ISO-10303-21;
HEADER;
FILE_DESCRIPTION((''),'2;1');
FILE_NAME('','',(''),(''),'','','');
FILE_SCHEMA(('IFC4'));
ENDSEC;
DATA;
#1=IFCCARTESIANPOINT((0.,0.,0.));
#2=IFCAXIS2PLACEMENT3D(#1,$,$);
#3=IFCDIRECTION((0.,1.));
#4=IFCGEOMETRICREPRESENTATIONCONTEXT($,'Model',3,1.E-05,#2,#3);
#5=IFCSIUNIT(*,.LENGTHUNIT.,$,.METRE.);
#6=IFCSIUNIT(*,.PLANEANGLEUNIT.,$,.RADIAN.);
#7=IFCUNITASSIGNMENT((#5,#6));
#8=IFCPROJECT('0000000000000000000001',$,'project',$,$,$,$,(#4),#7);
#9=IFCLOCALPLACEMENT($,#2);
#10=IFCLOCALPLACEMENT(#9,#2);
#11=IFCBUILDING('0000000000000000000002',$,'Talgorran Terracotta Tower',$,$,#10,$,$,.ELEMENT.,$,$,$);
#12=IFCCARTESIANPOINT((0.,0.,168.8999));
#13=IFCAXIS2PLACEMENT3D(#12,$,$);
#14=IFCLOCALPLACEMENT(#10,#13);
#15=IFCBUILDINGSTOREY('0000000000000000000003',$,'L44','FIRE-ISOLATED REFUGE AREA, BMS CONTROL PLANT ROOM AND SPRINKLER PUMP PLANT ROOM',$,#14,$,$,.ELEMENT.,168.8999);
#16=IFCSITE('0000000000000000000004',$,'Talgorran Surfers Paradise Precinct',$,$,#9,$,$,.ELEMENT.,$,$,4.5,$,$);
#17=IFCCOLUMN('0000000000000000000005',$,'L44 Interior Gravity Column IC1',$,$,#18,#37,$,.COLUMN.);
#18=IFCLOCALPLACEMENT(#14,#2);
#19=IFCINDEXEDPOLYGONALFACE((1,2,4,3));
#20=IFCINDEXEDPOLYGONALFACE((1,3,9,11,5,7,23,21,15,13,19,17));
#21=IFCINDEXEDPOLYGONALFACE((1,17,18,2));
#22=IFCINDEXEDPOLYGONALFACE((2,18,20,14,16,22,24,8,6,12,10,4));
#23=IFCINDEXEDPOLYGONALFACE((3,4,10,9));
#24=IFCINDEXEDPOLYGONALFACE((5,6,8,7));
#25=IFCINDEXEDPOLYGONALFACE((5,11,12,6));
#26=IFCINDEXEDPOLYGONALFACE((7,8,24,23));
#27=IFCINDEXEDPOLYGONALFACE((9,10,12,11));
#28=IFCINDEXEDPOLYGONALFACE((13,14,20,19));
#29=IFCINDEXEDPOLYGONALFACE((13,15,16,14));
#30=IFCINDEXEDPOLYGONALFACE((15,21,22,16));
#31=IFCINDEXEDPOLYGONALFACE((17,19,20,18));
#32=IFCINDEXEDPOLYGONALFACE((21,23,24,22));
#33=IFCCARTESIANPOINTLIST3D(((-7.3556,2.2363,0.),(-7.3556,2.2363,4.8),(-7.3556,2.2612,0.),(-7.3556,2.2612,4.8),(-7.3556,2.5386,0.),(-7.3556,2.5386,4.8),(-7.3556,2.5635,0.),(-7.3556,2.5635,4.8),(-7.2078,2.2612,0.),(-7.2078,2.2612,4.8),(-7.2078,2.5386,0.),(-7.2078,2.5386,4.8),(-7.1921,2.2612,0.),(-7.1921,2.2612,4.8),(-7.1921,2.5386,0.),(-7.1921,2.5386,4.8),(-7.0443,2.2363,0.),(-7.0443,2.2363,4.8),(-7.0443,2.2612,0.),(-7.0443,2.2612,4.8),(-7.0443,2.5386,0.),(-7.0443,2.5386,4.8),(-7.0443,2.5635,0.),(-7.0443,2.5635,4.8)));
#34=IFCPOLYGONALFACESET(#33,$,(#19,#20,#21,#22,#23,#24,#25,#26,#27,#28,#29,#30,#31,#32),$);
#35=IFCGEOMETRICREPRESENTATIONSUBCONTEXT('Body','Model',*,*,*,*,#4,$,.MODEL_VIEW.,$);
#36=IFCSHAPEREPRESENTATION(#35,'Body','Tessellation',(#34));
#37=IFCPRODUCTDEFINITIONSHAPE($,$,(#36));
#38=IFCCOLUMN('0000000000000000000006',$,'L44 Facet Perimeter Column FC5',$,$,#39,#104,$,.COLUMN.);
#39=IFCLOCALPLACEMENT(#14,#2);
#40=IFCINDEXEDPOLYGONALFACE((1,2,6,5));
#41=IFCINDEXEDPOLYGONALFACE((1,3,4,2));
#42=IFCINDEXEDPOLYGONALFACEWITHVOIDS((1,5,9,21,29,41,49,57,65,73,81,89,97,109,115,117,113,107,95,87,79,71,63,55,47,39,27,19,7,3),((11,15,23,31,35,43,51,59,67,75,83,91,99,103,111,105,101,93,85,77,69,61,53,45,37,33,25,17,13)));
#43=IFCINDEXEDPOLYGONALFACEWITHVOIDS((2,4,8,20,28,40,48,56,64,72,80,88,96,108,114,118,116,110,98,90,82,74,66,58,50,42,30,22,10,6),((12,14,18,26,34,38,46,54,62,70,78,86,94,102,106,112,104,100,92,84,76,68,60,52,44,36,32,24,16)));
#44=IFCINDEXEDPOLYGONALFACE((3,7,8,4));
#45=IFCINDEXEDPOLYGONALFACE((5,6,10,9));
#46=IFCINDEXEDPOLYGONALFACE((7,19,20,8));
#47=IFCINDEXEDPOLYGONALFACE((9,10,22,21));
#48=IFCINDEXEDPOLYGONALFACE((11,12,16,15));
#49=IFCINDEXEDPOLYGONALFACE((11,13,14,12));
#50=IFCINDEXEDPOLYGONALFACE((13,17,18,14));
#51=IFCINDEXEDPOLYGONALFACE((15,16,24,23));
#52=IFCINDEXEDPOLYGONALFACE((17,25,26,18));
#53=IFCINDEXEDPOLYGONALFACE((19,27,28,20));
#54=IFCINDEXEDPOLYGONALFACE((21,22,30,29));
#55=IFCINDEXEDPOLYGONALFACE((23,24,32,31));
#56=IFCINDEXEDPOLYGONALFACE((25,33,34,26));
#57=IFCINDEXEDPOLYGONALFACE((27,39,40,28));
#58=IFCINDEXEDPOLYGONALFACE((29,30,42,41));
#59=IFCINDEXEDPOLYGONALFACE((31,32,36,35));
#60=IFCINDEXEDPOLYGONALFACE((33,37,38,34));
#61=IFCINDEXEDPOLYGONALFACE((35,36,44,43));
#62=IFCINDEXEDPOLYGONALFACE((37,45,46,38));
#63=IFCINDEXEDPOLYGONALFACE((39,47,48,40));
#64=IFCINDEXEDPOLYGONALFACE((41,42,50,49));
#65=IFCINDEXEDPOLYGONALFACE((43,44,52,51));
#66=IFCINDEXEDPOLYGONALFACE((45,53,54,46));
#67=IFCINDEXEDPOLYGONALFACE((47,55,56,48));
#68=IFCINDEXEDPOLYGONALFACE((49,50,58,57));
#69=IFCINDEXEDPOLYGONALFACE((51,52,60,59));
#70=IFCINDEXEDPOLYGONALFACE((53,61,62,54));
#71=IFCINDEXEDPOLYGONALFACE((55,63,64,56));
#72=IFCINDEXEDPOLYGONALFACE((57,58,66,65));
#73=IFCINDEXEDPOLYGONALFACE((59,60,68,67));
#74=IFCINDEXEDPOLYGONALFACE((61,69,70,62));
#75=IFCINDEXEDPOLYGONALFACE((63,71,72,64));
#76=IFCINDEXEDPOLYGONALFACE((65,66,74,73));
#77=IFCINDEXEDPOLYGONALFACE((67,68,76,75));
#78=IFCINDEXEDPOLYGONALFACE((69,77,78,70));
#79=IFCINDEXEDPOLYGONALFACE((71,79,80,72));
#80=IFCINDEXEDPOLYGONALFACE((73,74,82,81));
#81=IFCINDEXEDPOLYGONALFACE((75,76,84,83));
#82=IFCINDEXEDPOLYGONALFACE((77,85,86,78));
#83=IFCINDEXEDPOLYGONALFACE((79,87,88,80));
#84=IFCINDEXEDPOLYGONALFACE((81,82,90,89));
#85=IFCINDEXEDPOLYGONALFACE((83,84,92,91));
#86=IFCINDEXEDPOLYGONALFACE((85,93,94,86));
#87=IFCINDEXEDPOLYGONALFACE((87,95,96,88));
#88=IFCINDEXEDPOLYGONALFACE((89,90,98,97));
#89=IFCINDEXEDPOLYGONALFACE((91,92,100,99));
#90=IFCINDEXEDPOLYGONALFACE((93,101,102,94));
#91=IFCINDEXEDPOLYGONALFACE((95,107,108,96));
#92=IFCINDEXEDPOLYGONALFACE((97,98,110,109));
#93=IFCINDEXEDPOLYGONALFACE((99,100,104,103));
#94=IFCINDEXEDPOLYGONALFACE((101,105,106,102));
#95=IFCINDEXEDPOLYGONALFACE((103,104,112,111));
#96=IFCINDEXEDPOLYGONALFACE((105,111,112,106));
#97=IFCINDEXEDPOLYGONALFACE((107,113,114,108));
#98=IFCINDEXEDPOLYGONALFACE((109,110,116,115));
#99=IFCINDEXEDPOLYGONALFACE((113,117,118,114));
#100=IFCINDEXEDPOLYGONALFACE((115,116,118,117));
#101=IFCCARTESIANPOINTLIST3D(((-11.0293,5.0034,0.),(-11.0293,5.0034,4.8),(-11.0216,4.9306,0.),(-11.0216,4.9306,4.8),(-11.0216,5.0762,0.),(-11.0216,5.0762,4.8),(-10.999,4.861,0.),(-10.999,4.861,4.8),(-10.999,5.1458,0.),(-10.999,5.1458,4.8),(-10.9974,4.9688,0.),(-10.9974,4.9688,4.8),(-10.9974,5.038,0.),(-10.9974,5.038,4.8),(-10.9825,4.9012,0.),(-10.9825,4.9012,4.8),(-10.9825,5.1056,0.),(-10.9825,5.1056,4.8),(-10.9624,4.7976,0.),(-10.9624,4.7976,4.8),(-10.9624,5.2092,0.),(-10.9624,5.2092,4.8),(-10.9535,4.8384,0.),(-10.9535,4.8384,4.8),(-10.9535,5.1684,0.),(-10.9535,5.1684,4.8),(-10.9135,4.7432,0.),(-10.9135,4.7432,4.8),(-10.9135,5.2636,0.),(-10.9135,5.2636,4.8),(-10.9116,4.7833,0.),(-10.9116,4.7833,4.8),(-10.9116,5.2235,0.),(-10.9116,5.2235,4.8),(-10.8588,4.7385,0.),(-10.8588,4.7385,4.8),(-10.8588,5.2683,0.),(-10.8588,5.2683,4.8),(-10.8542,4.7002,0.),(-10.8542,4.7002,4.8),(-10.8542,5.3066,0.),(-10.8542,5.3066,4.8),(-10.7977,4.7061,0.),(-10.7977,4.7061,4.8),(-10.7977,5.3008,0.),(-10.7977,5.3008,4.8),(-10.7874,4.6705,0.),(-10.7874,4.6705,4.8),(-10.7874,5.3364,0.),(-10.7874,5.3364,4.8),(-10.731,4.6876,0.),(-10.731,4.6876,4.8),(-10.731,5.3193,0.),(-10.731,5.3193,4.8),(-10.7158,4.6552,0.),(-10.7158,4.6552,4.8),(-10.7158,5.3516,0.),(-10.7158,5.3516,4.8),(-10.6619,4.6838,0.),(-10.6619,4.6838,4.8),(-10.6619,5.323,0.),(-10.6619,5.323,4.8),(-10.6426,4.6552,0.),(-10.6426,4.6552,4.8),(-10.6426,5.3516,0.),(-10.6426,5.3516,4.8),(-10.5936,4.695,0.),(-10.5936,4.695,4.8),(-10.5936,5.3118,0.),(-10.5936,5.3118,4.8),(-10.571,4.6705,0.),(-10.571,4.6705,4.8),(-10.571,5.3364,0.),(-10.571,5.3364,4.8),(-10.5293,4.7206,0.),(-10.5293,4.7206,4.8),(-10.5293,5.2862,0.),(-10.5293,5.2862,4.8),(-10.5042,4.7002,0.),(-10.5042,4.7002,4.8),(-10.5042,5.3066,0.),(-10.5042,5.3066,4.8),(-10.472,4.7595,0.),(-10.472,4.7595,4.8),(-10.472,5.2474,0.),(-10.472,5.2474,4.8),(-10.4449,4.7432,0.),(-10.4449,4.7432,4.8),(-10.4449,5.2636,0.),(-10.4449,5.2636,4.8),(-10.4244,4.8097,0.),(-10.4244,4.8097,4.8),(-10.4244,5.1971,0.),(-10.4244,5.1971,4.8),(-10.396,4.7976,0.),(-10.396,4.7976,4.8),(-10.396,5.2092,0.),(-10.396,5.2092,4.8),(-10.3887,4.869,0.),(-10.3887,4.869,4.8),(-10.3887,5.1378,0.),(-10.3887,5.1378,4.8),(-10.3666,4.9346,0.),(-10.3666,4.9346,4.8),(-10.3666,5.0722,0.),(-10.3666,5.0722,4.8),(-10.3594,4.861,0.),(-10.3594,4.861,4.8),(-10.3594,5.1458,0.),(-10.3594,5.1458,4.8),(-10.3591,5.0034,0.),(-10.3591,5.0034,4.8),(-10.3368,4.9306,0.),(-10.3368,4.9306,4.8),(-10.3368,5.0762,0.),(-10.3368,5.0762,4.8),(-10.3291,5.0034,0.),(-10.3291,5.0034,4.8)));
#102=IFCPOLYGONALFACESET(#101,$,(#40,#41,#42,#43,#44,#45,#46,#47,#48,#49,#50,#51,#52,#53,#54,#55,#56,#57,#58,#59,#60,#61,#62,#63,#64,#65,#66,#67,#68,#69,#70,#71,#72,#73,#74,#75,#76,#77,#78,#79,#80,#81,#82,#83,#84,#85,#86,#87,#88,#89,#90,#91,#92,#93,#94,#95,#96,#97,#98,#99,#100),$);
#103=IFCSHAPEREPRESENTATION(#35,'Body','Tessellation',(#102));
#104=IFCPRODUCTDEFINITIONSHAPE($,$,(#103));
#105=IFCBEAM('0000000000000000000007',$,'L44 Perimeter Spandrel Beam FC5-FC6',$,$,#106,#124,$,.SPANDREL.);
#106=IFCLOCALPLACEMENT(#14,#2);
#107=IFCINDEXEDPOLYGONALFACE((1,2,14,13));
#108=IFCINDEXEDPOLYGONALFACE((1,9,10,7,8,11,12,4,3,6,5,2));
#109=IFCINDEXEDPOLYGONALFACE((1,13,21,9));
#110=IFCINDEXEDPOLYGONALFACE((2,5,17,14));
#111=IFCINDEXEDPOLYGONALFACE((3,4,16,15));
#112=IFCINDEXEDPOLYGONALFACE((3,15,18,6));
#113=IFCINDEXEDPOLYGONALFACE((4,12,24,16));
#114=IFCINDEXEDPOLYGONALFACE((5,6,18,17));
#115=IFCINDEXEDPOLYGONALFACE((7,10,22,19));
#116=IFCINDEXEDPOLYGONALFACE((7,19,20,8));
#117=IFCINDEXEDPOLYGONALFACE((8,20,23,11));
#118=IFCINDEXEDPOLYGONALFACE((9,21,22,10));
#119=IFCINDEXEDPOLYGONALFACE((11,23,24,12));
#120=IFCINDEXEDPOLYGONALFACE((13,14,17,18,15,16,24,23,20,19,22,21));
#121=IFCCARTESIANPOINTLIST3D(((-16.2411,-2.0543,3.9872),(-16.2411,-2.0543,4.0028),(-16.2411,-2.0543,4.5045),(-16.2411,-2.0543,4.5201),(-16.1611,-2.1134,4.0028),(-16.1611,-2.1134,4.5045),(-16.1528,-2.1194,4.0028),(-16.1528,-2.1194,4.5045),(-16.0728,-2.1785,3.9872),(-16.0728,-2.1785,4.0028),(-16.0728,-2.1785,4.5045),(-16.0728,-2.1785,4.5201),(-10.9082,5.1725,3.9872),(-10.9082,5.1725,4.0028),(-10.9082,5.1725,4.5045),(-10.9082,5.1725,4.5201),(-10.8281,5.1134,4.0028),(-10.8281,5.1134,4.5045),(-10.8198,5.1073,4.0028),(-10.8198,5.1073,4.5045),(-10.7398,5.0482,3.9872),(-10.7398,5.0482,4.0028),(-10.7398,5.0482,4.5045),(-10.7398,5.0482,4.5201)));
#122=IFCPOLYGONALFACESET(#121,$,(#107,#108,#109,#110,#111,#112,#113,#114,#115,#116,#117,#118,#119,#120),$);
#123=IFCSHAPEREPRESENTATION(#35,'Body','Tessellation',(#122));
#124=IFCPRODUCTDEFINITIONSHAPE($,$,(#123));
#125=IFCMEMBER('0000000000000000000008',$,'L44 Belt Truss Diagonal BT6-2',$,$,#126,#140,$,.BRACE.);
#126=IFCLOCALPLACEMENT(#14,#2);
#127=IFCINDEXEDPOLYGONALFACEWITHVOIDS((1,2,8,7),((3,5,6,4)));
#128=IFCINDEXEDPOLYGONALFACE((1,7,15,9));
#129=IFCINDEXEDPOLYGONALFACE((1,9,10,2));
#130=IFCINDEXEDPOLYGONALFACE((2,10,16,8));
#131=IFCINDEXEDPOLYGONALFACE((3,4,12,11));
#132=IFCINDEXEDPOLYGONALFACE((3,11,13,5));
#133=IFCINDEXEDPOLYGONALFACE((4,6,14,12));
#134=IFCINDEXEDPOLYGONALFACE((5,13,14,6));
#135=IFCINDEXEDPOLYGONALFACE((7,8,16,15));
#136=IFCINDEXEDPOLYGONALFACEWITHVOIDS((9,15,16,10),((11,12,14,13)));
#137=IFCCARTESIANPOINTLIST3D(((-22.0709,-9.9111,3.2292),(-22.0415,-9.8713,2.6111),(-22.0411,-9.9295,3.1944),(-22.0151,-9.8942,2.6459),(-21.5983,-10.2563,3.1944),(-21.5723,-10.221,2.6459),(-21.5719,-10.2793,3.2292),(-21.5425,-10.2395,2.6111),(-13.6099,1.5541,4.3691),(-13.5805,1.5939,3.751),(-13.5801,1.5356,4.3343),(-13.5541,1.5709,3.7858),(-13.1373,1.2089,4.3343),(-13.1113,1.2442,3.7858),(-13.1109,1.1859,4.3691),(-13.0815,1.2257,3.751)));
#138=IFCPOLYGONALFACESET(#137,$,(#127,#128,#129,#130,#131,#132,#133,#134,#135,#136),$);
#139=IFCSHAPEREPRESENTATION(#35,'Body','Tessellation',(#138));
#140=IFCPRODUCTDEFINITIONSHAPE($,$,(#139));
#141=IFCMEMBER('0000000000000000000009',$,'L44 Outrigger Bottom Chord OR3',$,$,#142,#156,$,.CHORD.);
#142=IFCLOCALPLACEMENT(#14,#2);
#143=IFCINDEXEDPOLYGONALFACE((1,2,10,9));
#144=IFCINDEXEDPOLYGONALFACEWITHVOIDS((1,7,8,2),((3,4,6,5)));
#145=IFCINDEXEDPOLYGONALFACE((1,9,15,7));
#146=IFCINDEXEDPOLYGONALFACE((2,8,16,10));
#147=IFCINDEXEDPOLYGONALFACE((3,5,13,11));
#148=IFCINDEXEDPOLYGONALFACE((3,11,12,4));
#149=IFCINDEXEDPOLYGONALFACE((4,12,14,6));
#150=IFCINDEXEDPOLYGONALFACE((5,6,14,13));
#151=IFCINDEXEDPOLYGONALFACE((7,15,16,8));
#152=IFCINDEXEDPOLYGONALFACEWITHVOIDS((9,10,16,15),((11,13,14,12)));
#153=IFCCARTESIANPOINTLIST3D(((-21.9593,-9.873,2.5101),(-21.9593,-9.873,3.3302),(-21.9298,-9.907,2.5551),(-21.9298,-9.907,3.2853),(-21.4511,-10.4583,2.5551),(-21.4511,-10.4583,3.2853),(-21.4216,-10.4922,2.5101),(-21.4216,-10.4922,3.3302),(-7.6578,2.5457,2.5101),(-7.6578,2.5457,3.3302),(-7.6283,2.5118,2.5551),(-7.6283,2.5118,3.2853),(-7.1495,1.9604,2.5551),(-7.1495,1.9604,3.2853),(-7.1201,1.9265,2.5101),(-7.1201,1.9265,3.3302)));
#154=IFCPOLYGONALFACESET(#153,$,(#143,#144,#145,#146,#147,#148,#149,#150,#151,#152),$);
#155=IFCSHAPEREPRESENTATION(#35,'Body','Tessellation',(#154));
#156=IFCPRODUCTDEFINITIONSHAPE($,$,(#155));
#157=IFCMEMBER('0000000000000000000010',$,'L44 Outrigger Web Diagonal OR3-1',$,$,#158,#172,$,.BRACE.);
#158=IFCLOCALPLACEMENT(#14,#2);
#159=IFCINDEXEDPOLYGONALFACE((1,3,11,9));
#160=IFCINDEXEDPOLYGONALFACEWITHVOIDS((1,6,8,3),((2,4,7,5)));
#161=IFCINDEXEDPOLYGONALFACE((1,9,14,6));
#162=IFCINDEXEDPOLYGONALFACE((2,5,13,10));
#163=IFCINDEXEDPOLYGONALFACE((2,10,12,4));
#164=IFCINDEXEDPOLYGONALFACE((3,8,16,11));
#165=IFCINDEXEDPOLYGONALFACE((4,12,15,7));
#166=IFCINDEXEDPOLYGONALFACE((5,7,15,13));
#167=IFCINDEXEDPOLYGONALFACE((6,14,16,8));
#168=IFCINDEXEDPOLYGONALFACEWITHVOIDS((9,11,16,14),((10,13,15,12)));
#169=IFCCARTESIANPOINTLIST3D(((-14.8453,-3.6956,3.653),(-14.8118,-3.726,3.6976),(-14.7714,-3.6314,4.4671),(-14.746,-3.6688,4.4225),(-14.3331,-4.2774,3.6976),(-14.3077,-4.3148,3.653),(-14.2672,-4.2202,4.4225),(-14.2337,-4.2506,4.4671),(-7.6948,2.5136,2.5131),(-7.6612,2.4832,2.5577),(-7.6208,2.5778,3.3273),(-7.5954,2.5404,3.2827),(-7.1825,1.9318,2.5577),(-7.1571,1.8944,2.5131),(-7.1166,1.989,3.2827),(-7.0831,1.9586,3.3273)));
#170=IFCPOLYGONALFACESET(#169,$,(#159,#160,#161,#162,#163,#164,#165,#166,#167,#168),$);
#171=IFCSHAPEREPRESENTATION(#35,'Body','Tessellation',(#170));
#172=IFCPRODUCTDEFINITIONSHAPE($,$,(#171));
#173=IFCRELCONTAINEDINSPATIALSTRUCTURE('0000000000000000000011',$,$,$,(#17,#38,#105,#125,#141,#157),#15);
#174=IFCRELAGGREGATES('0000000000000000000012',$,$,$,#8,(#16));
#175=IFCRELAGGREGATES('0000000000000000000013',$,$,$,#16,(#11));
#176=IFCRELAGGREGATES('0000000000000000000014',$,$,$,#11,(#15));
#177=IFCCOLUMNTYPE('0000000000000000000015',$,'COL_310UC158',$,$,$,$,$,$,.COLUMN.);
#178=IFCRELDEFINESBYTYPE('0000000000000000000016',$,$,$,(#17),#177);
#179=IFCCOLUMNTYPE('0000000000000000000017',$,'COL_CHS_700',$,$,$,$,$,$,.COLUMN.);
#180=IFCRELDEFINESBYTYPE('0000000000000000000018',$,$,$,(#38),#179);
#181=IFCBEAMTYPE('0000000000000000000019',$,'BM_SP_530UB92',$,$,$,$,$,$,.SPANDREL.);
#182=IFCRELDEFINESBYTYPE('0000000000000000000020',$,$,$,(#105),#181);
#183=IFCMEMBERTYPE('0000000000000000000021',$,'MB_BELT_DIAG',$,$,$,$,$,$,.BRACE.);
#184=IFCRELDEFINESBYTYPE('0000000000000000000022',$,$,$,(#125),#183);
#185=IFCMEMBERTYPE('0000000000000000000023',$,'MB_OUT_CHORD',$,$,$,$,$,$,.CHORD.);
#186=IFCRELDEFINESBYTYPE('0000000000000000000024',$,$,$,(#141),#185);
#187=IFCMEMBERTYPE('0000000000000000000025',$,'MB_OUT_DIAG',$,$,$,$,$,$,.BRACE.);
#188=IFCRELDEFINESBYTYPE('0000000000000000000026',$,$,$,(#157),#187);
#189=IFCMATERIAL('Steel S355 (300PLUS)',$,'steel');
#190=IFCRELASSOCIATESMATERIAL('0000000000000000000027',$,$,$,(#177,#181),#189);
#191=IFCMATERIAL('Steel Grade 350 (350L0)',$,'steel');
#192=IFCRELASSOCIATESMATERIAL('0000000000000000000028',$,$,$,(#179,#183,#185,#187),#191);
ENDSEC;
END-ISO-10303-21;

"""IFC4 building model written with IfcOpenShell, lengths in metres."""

from ifc_helpers import new_model, si_unit, direction, frame, origin, origin_2d, place, context, subcontext, project, spatial, hollow_rectangle, hollow_circle, i_section, extrude, material, material_profile, profile_set, type_object, element, save


model = new_model("IFC4")

# Units and contexts
model_context = context("Model", 3, precision=1e-05, world=origin(), true_north=direction((0.0, 1.0)))
body_context = subcontext(model_context, "Body", "Model", "MODEL_VIEW")
ifc_project = project(units=[si_unit("LENGTHUNIT", "METRE"), si_unit("PLANEANGLEUNIT", "RADIAN")], contexts=[model_context])

# Site, building, storey
site_placement = place(None, origin())
site = spatial("IfcSite", under=ifc_project, at=site_placement, Name="Talgorran Surfers Paradise Precinct", CompositionType="ELEMENT", RefElevation=4.5)
building_placement = place(site_placement, origin())
building = spatial("IfcBuilding", under=site, at=building_placement, Name="Talgorran Terracotta Tower", CompositionType="ELEMENT")
storey_placement = place(building_placement, frame((0.0, 0.0, 168.8999)))
storey = spatial("IfcBuildingStorey", under=building, at=storey_placement, Name="L44", Description="FIRE-ISOLATED REFUGE AREA, BMS CONTROL PLANT ROOM AND SPRINKLER PUMP PLANT ROOM", CompositionType="ELEMENT", Elevation=168.8999)

# Columns
ifc_material_1 = material(Name="Steel S355 (300PLUS)", Category="steel")
ifc_material_profile_1 = material_profile(ifc_material_1, i_section(OverallWidth=0.3113, OverallDepth=0.3271, WebThickness=0.0156, FlangeThickness=0.0249, at=origin_2d()), Name="310UC158")
ifc_profile_set_1 = profile_set([ifc_material_profile_1], Name="Steel S355 (300PLUS)")
column_type_1 = type_object("IfcColumnType", Name="COL_310UC158", PredefinedType="COLUMN", material=ifc_profile_set_1)
column_1_placement = place(storey_placement, frame((-7.2, 2.3999, 0.0), z_axis=(0.0, 0.0, 1.0), x_axis=(1.0, 0.0, 0.0)))
element("IfcColumn", 1, at=column_1_placement, inside=storey, type_object=column_type_1, Name="L44 Interior Gravity Column IC1", PredefinedType="COLUMN", context=body_context, shape_type="SweptSolid", body=[
    extrude(i_section(OverallWidth=0.3113, OverallDepth=0.3271, WebThickness=0.0156, FlangeThickness=0.0249, at=origin_2d()), origin(), (0.0, 0.0, 1.0), 4.8),
])
ifc_material_2 = material(Name="Steel Grade 350 (350L0)", Category="steel")
ifc_material_profile_2 = material_profile(ifc_material_2, hollow_circle(Radius=0.3501, WallThickness=0.03, at=origin_2d()), Name="CHS700X30")
ifc_profile_set_2 = profile_set([ifc_material_profile_2], Name="Steel Grade 350 (350L0)")
column_type_2 = type_object("IfcColumnType", Name="COL_CHS_700", PredefinedType="COLUMN", material=ifc_profile_set_2)
column_2_placement = place(storey_placement, frame((-10.6792, 5.0034, 0.0), z_axis=(0.0, 0.0, 1.0), x_axis=(1.0, 0.0, 0.0)))
element("IfcColumn", 2, at=column_2_placement, inside=storey, type_object=column_type_2, Name="L44 Facet Perimeter Column FC5", PredefinedType="COLUMN", context=body_context, shape_type="SweptSolid", body=[
    extrude(hollow_circle(Radius=0.3501, WallThickness=0.03, at=origin_2d()), origin(), (0.0, 0.0, 1.0), 4.8),
])

# Beam
ifc_material_profile_3 = material_profile(ifc_material_1, i_section(OverallWidth=0.2092, OverallDepth=0.533, WebThickness=0.0103, FlangeThickness=0.0156, at=origin_2d()), Name="530UB92.4")
ifc_profile_set_3 = profile_set([ifc_material_profile_3], Name="Steel S355 (300PLUS)")
beam_type = type_object("IfcBeamType", Name="BM_SP_530UB92", PredefinedType="SPANDREL", material=ifc_profile_set_3)
beam_placement = place(storey_placement, frame((-10.824, 5.1104, 4.2537), z_axis=(-0.593776, -0.804631, 0.0), x_axis=(0.804631, -0.593776, 0.0)))
element("IfcBeam", 3, at=beam_placement, inside=storey, type_object=beam_type, Name="L44 Perimeter Spandrel Beam FC5-FC6", PredefinedType="SPANDREL", context=body_context, shape_type="SweptSolid", body=[
    extrude(i_section(OverallWidth=0.2092, OverallDepth=0.533, WebThickness=0.0103, FlangeThickness=0.0156, at=origin_2d()), origin(), (0.0, 0.0, 1.0), 8.9814),
])

# Members
ifc_material_profile_4 = material_profile(ifc_material_2, hollow_rectangle(XDim=0.6201, YDim=0.6201, WallThickness=0.0349, at=origin_2d()), Name="WBOX620X620X35")
ifc_profile_set_4 = profile_set([ifc_material_profile_4], Name="Steel Grade 350 (350L0)")
member_type_1 = type_object("IfcMemberType", Name="MB_BELT_DIAG", PredefinedType="BRACE", material=ifc_profile_set_4)
member_1_placement = place(storey_placement, frame((-13.3457, 1.3899, 4.0601), z_axis=(-0.591898, -0.802058, -0.079743), x_axis=(0.804621, -0.593789, 0.0)))
element("IfcMember", 4, at=member_1_placement, inside=storey, type_object=member_type_1, Name="L44 Belt Truss Diagonal BT6-2", PredefinedType="BRACE", context=body_context, shape_type="SweptSolid", body=[
    extrude(hollow_rectangle(XDim=0.6201, YDim=0.6201, WallThickness=0.0349, at=origin_2d()), origin(), (0.0, 0.0, 1.0), 14.2947),
])
ifc_material_profile_5 = material_profile(ifc_material_2, hollow_rectangle(XDim=0.8201, YDim=0.8201, WallThickness=0.0449, at=origin_2d()), Name="WBOX820X820X45")
ifc_profile_set_5 = profile_set([ifc_material_profile_5], Name="Steel Grade 350 (350L0)")
member_type_2 = type_object("IfcMemberType", Name="MB_OUT_CHORD", PredefinedType="CHORD", material=ifc_profile_set_5)
member_2_placement = place(storey_placement, frame((-7.3889, 2.2361, 2.9202), z_axis=(-0.75506, -0.655656, 0.0), x_axis=(0.655656, -0.75506, 0.0)))
element("IfcMember", 5, at=member_2_placement, inside=storey, type_object=member_type_2, Name="L44 Outrigger Bottom Chord OR3", PredefinedType="CHORD", context=body_context, shape_type="SweptSolid", body=[
    extrude(hollow_rectangle(XDim=0.8201, YDim=0.8201, WallThickness=0.0449, at=origin_2d()), origin(), (0.0, 0.0, 1.0), 18.9409),
])
ifc_material_profile_6 = material_profile(ifc_material_2, hollow_rectangle(XDim=0.8201, YDim=0.8201, WallThickness=0.0449, at=origin_2d()), Name="WBOX820X820X45")
ifc_profile_set_6 = profile_set([ifc_material_profile_6], Name="Steel Grade 350 (350L0)")
member_type_3 = type_object("IfcMemberType", Name="MB_OUT_DIAG", PredefinedType="BRACE", material=ifc_profile_set_6)
member_3_placement = place(storey_placement, frame((-7.3889, 2.2361, 2.9202), z_axis=(-0.74965, -0.650956, 0.119503), x_axis=(0.655655, -0.755061, 0.0)))
element("IfcMember", 6, at=member_3_placement, inside=storey, type_object=member_type_3, Name="L44 Outrigger Web Diagonal OR3-1", PredefinedType="BRACE", context=body_context, shape_type="SweptSolid", body=[
    extrude(hollow_rectangle(XDim=0.8201, YDim=0.8201, WallThickness=0.0449, at=origin_2d()), origin(), (0.0, 0.0, 1.0), 9.5386),
])

save(model, "model.ifc")
